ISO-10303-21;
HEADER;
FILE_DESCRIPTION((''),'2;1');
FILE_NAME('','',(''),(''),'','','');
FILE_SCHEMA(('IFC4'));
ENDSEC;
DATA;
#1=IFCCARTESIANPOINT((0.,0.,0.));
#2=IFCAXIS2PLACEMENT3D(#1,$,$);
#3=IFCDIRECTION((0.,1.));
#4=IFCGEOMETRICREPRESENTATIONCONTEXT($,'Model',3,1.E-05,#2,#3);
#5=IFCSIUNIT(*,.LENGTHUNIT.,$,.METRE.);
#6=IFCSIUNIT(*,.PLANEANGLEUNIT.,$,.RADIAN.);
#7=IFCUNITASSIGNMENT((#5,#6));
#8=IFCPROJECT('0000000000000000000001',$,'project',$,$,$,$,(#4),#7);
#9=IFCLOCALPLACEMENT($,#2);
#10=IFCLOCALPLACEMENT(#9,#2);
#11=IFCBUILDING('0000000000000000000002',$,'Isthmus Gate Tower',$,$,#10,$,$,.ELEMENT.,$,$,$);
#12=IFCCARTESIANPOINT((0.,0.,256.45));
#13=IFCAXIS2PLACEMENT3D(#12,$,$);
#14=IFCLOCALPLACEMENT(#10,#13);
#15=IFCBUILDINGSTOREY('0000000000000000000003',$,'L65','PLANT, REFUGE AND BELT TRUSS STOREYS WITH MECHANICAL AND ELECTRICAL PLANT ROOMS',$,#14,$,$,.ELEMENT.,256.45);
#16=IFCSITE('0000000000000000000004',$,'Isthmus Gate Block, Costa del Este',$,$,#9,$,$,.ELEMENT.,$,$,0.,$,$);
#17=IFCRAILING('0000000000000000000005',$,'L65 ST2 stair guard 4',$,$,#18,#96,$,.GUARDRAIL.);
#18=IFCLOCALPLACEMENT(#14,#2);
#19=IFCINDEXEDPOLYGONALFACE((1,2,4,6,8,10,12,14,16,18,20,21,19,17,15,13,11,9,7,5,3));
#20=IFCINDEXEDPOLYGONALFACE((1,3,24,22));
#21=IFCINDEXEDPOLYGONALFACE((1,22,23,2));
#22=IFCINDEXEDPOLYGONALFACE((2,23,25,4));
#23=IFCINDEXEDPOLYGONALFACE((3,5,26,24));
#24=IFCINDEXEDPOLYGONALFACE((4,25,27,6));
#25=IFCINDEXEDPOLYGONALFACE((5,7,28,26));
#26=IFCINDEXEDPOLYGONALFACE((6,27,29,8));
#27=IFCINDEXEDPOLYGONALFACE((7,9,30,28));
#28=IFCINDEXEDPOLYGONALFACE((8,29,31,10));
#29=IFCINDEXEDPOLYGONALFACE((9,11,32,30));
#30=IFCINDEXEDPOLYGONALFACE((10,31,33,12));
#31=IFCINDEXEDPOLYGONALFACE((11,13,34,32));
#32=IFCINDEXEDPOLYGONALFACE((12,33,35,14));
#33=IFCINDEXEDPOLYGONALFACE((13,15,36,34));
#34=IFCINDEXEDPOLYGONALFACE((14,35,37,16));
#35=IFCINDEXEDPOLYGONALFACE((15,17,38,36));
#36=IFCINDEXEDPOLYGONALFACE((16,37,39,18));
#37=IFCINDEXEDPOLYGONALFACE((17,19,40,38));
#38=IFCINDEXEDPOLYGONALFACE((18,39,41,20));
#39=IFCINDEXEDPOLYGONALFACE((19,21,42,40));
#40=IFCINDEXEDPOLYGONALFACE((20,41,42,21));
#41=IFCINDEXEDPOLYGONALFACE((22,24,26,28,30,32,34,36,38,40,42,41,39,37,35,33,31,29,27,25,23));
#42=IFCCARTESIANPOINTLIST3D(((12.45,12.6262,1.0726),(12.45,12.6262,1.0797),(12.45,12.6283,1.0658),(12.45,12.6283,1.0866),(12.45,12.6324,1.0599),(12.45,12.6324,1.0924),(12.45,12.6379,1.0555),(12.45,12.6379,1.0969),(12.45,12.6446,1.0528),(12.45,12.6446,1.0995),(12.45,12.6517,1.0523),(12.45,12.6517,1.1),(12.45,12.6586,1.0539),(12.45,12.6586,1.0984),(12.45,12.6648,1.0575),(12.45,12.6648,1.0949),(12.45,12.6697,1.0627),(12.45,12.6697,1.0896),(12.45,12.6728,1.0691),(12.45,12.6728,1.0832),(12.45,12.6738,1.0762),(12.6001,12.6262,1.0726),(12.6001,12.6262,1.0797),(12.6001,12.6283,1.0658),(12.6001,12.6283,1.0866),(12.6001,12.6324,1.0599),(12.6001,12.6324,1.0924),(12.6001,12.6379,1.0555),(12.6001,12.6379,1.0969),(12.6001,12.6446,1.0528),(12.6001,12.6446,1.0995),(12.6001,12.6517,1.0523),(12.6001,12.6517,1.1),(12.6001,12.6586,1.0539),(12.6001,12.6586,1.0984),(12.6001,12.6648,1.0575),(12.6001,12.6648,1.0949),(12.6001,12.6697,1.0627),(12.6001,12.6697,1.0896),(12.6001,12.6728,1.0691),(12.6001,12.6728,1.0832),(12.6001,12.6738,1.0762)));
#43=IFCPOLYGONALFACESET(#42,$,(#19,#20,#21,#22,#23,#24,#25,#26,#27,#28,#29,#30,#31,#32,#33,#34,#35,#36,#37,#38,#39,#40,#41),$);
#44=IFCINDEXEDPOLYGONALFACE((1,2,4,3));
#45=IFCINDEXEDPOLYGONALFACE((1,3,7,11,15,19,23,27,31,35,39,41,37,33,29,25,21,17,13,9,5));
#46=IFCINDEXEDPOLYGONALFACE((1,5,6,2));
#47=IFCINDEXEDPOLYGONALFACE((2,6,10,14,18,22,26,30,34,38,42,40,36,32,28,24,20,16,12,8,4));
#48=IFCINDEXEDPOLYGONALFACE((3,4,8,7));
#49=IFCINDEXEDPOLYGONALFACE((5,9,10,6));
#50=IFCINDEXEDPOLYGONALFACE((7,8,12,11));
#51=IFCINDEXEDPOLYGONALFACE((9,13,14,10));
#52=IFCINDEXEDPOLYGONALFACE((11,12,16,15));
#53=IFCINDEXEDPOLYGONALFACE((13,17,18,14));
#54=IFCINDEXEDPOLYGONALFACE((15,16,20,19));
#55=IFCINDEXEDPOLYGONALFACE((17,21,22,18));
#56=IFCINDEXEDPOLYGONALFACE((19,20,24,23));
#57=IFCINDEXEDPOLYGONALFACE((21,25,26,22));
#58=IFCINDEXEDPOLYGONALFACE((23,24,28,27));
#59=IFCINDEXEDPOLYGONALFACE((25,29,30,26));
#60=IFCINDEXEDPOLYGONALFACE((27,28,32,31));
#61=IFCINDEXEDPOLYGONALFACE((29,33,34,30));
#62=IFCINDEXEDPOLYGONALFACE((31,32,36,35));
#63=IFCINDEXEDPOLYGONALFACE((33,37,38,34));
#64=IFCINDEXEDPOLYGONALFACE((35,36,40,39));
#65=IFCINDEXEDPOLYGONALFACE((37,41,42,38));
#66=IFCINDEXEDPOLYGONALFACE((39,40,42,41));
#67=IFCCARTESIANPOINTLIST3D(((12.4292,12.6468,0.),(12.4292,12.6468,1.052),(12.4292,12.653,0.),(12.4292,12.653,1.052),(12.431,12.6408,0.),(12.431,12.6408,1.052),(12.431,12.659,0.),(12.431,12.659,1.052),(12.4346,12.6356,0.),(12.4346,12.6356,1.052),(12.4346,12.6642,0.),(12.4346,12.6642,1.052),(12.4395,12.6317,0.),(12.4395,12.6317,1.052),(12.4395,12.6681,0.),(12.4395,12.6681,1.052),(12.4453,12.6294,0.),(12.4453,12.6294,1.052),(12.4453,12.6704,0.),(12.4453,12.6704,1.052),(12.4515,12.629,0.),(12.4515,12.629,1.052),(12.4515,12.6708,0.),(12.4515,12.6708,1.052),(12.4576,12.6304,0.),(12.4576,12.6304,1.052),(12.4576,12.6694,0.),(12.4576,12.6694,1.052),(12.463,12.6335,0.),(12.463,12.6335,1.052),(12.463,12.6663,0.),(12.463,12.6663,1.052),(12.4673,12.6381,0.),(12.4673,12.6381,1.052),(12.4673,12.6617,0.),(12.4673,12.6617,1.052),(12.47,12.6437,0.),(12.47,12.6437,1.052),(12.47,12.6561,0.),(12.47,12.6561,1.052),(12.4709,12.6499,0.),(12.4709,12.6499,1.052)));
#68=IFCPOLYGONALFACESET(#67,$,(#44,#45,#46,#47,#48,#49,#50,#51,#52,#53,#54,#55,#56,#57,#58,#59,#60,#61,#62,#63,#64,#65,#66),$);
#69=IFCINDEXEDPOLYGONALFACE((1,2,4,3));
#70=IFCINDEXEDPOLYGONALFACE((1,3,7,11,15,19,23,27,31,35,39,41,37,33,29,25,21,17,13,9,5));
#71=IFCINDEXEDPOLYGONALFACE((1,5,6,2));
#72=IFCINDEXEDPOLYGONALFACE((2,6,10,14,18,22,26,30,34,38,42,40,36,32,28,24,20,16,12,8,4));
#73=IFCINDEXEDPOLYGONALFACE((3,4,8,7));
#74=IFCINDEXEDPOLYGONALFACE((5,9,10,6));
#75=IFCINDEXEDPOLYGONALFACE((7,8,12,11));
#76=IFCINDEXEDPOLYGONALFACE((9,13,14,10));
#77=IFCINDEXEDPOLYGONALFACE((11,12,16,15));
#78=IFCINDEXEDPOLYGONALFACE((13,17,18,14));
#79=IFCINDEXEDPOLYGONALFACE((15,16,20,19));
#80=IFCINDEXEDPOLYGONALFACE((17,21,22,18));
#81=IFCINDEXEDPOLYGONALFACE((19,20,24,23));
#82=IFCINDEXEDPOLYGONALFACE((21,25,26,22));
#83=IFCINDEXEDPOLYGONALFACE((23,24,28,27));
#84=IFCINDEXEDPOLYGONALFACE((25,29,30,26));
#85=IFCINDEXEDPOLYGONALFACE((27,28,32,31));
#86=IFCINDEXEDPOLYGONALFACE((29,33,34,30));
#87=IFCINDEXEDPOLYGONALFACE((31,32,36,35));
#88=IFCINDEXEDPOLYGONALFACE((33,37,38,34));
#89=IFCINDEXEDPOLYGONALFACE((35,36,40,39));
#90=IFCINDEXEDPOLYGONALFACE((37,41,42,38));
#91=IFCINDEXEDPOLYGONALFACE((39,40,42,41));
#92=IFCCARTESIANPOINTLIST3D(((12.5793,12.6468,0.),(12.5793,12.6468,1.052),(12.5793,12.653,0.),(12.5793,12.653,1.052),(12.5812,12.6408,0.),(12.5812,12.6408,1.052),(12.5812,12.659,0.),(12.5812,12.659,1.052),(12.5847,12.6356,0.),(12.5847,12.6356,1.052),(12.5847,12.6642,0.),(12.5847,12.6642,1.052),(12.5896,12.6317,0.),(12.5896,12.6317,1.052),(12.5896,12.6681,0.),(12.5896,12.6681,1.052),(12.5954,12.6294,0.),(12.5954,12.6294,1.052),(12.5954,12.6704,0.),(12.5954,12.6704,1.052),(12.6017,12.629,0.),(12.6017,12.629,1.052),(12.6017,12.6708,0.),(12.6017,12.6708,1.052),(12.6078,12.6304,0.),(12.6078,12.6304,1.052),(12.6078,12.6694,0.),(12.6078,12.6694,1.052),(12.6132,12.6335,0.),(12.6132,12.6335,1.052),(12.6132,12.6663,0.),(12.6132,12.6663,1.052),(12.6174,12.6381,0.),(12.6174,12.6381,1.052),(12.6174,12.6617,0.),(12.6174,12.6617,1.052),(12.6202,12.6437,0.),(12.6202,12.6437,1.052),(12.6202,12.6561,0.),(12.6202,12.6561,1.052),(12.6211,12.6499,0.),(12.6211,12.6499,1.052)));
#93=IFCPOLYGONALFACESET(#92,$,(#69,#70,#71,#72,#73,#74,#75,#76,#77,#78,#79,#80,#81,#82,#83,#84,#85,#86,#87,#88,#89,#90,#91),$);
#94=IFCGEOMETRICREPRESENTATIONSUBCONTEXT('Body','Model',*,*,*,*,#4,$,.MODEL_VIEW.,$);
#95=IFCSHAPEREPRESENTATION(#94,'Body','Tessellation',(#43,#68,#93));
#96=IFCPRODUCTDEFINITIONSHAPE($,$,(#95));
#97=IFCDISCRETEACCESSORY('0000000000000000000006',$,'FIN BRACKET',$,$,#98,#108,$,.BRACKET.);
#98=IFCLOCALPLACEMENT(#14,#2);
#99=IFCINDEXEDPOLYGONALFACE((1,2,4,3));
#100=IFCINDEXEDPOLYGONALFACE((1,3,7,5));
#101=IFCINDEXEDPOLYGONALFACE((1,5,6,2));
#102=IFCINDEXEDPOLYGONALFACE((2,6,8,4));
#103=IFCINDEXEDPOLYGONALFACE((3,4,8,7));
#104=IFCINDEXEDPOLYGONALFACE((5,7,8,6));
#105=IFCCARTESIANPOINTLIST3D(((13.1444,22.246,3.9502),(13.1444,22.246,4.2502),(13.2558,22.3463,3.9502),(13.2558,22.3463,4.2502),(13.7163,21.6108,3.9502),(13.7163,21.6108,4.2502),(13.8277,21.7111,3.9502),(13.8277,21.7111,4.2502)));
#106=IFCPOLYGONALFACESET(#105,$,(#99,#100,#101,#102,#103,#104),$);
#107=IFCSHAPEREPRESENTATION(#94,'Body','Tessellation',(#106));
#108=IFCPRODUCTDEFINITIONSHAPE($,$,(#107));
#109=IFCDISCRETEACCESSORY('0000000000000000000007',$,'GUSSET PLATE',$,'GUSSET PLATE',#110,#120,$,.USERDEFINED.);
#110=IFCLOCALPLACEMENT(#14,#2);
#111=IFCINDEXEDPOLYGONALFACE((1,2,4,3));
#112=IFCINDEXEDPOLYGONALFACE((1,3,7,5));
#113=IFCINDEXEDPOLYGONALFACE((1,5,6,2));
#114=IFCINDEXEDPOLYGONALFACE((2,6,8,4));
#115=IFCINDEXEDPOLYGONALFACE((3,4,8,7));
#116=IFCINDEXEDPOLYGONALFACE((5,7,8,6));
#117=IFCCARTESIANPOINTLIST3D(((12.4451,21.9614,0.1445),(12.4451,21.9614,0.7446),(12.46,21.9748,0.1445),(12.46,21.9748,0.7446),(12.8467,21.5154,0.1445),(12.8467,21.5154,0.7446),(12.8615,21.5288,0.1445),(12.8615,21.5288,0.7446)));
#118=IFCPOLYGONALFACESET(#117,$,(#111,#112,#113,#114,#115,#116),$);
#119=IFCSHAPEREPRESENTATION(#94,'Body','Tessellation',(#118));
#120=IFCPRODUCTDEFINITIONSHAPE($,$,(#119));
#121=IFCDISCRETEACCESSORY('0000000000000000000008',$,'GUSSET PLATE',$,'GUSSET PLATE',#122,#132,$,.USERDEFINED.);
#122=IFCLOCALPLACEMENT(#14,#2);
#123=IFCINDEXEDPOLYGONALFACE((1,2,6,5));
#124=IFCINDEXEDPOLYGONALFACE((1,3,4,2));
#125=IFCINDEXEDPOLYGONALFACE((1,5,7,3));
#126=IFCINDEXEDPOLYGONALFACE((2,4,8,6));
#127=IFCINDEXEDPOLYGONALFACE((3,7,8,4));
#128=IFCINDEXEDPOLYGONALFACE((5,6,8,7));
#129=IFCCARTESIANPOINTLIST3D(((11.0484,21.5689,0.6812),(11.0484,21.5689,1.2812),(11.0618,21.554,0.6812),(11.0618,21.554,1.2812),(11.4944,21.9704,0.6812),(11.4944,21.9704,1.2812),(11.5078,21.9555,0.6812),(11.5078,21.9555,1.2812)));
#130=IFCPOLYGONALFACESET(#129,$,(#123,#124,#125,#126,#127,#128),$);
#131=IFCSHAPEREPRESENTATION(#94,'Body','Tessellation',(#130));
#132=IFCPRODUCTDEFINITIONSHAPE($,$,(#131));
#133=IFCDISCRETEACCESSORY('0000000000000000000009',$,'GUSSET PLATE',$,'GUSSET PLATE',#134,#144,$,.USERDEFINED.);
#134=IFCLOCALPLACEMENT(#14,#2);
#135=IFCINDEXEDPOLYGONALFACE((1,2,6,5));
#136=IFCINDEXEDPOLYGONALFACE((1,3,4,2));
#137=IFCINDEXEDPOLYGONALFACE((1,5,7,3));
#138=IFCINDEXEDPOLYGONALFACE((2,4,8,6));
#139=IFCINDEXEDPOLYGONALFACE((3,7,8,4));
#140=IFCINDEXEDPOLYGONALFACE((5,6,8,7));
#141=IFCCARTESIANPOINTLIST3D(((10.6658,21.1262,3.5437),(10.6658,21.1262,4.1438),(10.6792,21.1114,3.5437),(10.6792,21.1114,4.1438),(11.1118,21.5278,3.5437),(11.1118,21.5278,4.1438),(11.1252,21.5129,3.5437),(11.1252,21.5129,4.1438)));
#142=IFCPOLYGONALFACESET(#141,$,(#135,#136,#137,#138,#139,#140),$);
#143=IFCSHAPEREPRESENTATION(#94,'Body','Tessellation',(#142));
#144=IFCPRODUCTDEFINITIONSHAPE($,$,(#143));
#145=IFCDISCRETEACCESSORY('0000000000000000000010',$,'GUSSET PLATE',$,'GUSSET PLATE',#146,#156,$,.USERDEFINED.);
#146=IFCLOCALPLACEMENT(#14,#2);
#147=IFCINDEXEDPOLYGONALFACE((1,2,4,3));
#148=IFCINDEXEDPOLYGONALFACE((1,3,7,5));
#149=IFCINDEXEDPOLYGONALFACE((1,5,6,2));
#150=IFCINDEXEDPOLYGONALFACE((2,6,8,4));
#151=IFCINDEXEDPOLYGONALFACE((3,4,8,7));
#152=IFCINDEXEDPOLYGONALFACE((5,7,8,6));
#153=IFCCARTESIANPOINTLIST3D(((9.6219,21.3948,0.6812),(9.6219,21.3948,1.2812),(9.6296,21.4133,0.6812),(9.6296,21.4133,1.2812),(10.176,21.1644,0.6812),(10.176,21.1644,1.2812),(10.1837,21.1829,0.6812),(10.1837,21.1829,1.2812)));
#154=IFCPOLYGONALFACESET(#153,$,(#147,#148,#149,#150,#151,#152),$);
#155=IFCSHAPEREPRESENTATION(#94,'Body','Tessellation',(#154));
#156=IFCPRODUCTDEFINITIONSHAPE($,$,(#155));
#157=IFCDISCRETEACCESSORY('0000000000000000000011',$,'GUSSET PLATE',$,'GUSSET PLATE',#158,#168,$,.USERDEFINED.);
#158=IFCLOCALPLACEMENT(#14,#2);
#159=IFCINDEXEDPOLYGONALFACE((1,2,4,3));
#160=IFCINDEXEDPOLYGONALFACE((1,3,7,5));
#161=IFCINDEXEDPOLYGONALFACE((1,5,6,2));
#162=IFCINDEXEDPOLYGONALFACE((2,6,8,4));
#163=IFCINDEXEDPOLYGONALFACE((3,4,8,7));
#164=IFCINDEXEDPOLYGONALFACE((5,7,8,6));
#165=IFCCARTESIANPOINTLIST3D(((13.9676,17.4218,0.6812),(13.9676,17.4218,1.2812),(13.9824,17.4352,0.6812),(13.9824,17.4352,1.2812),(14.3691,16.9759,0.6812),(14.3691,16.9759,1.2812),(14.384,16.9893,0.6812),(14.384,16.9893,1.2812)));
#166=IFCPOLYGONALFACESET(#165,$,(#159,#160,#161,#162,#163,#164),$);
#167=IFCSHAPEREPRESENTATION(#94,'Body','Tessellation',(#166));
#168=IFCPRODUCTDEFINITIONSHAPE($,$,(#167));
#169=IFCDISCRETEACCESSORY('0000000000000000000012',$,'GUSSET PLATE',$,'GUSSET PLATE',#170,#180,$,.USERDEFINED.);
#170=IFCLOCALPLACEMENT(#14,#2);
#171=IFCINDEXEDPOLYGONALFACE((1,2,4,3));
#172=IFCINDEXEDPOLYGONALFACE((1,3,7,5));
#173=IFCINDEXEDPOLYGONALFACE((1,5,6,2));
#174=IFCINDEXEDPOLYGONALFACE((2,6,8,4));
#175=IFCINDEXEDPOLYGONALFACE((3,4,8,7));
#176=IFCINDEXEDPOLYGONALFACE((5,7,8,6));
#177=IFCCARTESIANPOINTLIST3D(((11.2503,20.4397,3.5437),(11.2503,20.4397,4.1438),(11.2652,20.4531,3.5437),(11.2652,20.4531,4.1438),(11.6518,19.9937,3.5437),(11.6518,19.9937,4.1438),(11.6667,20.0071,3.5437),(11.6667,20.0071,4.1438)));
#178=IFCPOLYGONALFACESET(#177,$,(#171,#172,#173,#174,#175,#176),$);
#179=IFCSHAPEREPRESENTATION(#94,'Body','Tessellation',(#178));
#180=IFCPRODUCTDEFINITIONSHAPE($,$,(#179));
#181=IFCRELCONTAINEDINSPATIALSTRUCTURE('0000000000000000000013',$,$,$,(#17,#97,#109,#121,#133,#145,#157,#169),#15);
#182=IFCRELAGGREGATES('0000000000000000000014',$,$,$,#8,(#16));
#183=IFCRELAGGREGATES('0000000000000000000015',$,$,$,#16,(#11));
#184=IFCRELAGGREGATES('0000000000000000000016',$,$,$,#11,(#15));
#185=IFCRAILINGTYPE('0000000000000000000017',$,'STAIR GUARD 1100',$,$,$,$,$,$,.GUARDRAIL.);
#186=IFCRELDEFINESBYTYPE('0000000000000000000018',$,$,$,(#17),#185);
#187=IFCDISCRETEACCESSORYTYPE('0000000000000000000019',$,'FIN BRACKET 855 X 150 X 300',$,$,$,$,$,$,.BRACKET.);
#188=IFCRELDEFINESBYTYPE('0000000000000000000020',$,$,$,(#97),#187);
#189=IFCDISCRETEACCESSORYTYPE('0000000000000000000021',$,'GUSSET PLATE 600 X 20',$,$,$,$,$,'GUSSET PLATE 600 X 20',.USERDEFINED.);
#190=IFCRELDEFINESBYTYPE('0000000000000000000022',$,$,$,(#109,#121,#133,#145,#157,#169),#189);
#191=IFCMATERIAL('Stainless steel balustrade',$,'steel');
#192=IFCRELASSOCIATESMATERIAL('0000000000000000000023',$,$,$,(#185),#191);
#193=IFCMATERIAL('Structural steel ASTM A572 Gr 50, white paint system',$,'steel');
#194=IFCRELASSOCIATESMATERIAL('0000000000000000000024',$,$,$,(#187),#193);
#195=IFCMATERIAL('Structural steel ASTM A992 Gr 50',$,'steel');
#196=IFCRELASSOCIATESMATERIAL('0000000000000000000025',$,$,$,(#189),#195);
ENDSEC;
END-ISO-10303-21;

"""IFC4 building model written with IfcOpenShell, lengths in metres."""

from ifc_helpers import new_model, si_unit, direction, frame, origin, origin_2d, place, context, subcontext, project, spatial, rectangle, circle, extrude, material, type_object, element, save


model = new_model("IFC4")

# Units and contexts
model_context = context("Model", 3, precision=1e-05, world=origin(), true_north=direction((0.0, 1.0)))
body_context = subcontext(model_context, "Body", "Model", "MODEL_VIEW")
ifc_project = project(units=[si_unit("LENGTHUNIT", "METRE"), si_unit("PLANEANGLEUNIT", "RADIAN")], contexts=[model_context])

# Site, building, storey
site_placement = place(None, origin())
site = spatial("IfcSite", under=ifc_project, at=site_placement, Name="Isthmus Gate Block, Costa del Este", CompositionType="ELEMENT", RefElevation=0.0)
building_placement = place(site_placement, origin())
building = spatial("IfcBuilding", under=site, at=building_placement, Name="Isthmus Gate Tower", CompositionType="ELEMENT")
storey_placement = place(building_placement, frame((0.0, 0.0, 256.45)))
storey = spatial("IfcBuildingStorey", under=building, at=storey_placement, Name="L65", Description="PLANT, REFUGE AND BELT TRUSS STOREYS WITH MECHANICAL AND ELECTRICAL PLANT ROOMS", CompositionType="ELEMENT", Elevation=256.45)

# Railing
ifc_material_1 = material(Name="Stainless steel balustrade", Category="steel")
railing_type = type_object("IfcRailingType", Name="STAIR GUARD 1100", PredefinedType="GUARDRAIL", material=ifc_material_1)
railing_1_placement = place(storey_placement, frame((12.45, 12.6499, 0.0)))
element("IfcRailing", 1, at=railing_1_placement, inside=storey, type_object=railing_type, Name="L65 ST2 stair guard 4", PredefinedType="GUARDRAIL", context=body_context, shape_type="SweptSolid", body=[
    extrude(circle(Radius=0.0239, at=origin_2d()), frame((0.0, 0.0, 1.0762), z_axis=(1.0, 0.0, 0.0), x_axis=(0.0, 1.0, 0.0)), (0.0, 0.0, 1.0), 0.1501),
    extrude(circle(Radius=0.021, at=origin_2d()), origin(), (0.0, 0.0, 1.0), 1.052),
    extrude(circle(Radius=0.021, at=origin_2d()), frame((0.1501, 0.0, 0.0)), (0.0, 0.0, 1.0), 1.052),
])

# Discrete accessories
ifc_material_2 = material(Name="Structural steel ASTM A572 Gr 50, white paint system", Category="steel")
discrete_accessory_type_1 = type_object("IfcDiscreteAccessoryType", Name="FIN BRACKET 855 X 150 X 300", PredefinedType="BRACKET", material=ifc_material_2)
discrete_accessory_placement = place(storey_placement, frame((13.4861, 21.9785, 3.9502), z_axis=(0.0, 0.0, 1.0), x_axis=(0.743145, 0.669131, 0.0)))
element("IfcDiscreteAccessory", 2, at=discrete_accessory_placement, inside=storey, type_object=discrete_accessory_type_1, Name="FIN BRACKET", PredefinedType="BRACKET", context=body_context, shape_type="SweptSolid", body=[
    extrude(rectangle(XDim=0.1499, YDim=0.8547, at=origin_2d()), origin(), (0.0, 0.0, 1.0), 0.3),
])
ifc_material_3 = material(Name="Structural steel ASTM A992 Gr 50", Category="steel")
discrete_accessory_type_2 = type_object("IfcDiscreteAccessoryType", Name="GUSSET PLATE 600 X 20", ElementType="GUSSET PLATE 600 X 20", PredefinedType="USERDEFINED", material=ifc_material_3)
for number, where, z_axis, x_axis, name in (
    (3, (12.6533, 21.7451, 0.1445), (0.0, 0.0, 1.0), (0.669131, -0.743145, 0.0), "GUSSET PLATE"),
    (4, (11.2781, 21.7622, 0.6812), (0.0, 0.0, 1.0), (-0.743145, -0.669131, 0.0), "GUSSET PLATE"),
    (5, (10.8955, 21.3196, 3.5437), (0.0, 0.0, 1.0), (-0.743145, -0.669131, 0.0), "GUSSET PLATE"),
    (6, (9.9028, 21.2888, 0.6812), (0.0, 0.0, 1.0), (-0.923353, 0.383952, 0.0), "GUSSET PLATE"),
    (7, (14.1758, 17.2056, 0.6812), (0.0, 0.0, 1.0), (-0.669131, 0.743145, 0.0), "GUSSET PLATE"),
    (8, (11.4585, 20.2234, 3.5437), (0.0, 0.0, 1.0), (-0.669131, 0.743145, 0.0), "GUSSET PLATE"),
):
    element("IfcDiscreteAccessory", number, at=place(storey_placement, frame(where, z_axis=z_axis, x_axis=x_axis)), inside=storey, type_object=discrete_accessory_type_2, Name=name, ObjectType="GUSSET PLATE", PredefinedType="USERDEFINED", context=body_context, shape_type="SweptSolid", body=[
        extrude(rectangle(XDim=0.6001, YDim=0.02, at=origin_2d()), origin(), (0.0, 0.0, 1.0), 0.6001),
    ])

save(model, "model.ifc")
